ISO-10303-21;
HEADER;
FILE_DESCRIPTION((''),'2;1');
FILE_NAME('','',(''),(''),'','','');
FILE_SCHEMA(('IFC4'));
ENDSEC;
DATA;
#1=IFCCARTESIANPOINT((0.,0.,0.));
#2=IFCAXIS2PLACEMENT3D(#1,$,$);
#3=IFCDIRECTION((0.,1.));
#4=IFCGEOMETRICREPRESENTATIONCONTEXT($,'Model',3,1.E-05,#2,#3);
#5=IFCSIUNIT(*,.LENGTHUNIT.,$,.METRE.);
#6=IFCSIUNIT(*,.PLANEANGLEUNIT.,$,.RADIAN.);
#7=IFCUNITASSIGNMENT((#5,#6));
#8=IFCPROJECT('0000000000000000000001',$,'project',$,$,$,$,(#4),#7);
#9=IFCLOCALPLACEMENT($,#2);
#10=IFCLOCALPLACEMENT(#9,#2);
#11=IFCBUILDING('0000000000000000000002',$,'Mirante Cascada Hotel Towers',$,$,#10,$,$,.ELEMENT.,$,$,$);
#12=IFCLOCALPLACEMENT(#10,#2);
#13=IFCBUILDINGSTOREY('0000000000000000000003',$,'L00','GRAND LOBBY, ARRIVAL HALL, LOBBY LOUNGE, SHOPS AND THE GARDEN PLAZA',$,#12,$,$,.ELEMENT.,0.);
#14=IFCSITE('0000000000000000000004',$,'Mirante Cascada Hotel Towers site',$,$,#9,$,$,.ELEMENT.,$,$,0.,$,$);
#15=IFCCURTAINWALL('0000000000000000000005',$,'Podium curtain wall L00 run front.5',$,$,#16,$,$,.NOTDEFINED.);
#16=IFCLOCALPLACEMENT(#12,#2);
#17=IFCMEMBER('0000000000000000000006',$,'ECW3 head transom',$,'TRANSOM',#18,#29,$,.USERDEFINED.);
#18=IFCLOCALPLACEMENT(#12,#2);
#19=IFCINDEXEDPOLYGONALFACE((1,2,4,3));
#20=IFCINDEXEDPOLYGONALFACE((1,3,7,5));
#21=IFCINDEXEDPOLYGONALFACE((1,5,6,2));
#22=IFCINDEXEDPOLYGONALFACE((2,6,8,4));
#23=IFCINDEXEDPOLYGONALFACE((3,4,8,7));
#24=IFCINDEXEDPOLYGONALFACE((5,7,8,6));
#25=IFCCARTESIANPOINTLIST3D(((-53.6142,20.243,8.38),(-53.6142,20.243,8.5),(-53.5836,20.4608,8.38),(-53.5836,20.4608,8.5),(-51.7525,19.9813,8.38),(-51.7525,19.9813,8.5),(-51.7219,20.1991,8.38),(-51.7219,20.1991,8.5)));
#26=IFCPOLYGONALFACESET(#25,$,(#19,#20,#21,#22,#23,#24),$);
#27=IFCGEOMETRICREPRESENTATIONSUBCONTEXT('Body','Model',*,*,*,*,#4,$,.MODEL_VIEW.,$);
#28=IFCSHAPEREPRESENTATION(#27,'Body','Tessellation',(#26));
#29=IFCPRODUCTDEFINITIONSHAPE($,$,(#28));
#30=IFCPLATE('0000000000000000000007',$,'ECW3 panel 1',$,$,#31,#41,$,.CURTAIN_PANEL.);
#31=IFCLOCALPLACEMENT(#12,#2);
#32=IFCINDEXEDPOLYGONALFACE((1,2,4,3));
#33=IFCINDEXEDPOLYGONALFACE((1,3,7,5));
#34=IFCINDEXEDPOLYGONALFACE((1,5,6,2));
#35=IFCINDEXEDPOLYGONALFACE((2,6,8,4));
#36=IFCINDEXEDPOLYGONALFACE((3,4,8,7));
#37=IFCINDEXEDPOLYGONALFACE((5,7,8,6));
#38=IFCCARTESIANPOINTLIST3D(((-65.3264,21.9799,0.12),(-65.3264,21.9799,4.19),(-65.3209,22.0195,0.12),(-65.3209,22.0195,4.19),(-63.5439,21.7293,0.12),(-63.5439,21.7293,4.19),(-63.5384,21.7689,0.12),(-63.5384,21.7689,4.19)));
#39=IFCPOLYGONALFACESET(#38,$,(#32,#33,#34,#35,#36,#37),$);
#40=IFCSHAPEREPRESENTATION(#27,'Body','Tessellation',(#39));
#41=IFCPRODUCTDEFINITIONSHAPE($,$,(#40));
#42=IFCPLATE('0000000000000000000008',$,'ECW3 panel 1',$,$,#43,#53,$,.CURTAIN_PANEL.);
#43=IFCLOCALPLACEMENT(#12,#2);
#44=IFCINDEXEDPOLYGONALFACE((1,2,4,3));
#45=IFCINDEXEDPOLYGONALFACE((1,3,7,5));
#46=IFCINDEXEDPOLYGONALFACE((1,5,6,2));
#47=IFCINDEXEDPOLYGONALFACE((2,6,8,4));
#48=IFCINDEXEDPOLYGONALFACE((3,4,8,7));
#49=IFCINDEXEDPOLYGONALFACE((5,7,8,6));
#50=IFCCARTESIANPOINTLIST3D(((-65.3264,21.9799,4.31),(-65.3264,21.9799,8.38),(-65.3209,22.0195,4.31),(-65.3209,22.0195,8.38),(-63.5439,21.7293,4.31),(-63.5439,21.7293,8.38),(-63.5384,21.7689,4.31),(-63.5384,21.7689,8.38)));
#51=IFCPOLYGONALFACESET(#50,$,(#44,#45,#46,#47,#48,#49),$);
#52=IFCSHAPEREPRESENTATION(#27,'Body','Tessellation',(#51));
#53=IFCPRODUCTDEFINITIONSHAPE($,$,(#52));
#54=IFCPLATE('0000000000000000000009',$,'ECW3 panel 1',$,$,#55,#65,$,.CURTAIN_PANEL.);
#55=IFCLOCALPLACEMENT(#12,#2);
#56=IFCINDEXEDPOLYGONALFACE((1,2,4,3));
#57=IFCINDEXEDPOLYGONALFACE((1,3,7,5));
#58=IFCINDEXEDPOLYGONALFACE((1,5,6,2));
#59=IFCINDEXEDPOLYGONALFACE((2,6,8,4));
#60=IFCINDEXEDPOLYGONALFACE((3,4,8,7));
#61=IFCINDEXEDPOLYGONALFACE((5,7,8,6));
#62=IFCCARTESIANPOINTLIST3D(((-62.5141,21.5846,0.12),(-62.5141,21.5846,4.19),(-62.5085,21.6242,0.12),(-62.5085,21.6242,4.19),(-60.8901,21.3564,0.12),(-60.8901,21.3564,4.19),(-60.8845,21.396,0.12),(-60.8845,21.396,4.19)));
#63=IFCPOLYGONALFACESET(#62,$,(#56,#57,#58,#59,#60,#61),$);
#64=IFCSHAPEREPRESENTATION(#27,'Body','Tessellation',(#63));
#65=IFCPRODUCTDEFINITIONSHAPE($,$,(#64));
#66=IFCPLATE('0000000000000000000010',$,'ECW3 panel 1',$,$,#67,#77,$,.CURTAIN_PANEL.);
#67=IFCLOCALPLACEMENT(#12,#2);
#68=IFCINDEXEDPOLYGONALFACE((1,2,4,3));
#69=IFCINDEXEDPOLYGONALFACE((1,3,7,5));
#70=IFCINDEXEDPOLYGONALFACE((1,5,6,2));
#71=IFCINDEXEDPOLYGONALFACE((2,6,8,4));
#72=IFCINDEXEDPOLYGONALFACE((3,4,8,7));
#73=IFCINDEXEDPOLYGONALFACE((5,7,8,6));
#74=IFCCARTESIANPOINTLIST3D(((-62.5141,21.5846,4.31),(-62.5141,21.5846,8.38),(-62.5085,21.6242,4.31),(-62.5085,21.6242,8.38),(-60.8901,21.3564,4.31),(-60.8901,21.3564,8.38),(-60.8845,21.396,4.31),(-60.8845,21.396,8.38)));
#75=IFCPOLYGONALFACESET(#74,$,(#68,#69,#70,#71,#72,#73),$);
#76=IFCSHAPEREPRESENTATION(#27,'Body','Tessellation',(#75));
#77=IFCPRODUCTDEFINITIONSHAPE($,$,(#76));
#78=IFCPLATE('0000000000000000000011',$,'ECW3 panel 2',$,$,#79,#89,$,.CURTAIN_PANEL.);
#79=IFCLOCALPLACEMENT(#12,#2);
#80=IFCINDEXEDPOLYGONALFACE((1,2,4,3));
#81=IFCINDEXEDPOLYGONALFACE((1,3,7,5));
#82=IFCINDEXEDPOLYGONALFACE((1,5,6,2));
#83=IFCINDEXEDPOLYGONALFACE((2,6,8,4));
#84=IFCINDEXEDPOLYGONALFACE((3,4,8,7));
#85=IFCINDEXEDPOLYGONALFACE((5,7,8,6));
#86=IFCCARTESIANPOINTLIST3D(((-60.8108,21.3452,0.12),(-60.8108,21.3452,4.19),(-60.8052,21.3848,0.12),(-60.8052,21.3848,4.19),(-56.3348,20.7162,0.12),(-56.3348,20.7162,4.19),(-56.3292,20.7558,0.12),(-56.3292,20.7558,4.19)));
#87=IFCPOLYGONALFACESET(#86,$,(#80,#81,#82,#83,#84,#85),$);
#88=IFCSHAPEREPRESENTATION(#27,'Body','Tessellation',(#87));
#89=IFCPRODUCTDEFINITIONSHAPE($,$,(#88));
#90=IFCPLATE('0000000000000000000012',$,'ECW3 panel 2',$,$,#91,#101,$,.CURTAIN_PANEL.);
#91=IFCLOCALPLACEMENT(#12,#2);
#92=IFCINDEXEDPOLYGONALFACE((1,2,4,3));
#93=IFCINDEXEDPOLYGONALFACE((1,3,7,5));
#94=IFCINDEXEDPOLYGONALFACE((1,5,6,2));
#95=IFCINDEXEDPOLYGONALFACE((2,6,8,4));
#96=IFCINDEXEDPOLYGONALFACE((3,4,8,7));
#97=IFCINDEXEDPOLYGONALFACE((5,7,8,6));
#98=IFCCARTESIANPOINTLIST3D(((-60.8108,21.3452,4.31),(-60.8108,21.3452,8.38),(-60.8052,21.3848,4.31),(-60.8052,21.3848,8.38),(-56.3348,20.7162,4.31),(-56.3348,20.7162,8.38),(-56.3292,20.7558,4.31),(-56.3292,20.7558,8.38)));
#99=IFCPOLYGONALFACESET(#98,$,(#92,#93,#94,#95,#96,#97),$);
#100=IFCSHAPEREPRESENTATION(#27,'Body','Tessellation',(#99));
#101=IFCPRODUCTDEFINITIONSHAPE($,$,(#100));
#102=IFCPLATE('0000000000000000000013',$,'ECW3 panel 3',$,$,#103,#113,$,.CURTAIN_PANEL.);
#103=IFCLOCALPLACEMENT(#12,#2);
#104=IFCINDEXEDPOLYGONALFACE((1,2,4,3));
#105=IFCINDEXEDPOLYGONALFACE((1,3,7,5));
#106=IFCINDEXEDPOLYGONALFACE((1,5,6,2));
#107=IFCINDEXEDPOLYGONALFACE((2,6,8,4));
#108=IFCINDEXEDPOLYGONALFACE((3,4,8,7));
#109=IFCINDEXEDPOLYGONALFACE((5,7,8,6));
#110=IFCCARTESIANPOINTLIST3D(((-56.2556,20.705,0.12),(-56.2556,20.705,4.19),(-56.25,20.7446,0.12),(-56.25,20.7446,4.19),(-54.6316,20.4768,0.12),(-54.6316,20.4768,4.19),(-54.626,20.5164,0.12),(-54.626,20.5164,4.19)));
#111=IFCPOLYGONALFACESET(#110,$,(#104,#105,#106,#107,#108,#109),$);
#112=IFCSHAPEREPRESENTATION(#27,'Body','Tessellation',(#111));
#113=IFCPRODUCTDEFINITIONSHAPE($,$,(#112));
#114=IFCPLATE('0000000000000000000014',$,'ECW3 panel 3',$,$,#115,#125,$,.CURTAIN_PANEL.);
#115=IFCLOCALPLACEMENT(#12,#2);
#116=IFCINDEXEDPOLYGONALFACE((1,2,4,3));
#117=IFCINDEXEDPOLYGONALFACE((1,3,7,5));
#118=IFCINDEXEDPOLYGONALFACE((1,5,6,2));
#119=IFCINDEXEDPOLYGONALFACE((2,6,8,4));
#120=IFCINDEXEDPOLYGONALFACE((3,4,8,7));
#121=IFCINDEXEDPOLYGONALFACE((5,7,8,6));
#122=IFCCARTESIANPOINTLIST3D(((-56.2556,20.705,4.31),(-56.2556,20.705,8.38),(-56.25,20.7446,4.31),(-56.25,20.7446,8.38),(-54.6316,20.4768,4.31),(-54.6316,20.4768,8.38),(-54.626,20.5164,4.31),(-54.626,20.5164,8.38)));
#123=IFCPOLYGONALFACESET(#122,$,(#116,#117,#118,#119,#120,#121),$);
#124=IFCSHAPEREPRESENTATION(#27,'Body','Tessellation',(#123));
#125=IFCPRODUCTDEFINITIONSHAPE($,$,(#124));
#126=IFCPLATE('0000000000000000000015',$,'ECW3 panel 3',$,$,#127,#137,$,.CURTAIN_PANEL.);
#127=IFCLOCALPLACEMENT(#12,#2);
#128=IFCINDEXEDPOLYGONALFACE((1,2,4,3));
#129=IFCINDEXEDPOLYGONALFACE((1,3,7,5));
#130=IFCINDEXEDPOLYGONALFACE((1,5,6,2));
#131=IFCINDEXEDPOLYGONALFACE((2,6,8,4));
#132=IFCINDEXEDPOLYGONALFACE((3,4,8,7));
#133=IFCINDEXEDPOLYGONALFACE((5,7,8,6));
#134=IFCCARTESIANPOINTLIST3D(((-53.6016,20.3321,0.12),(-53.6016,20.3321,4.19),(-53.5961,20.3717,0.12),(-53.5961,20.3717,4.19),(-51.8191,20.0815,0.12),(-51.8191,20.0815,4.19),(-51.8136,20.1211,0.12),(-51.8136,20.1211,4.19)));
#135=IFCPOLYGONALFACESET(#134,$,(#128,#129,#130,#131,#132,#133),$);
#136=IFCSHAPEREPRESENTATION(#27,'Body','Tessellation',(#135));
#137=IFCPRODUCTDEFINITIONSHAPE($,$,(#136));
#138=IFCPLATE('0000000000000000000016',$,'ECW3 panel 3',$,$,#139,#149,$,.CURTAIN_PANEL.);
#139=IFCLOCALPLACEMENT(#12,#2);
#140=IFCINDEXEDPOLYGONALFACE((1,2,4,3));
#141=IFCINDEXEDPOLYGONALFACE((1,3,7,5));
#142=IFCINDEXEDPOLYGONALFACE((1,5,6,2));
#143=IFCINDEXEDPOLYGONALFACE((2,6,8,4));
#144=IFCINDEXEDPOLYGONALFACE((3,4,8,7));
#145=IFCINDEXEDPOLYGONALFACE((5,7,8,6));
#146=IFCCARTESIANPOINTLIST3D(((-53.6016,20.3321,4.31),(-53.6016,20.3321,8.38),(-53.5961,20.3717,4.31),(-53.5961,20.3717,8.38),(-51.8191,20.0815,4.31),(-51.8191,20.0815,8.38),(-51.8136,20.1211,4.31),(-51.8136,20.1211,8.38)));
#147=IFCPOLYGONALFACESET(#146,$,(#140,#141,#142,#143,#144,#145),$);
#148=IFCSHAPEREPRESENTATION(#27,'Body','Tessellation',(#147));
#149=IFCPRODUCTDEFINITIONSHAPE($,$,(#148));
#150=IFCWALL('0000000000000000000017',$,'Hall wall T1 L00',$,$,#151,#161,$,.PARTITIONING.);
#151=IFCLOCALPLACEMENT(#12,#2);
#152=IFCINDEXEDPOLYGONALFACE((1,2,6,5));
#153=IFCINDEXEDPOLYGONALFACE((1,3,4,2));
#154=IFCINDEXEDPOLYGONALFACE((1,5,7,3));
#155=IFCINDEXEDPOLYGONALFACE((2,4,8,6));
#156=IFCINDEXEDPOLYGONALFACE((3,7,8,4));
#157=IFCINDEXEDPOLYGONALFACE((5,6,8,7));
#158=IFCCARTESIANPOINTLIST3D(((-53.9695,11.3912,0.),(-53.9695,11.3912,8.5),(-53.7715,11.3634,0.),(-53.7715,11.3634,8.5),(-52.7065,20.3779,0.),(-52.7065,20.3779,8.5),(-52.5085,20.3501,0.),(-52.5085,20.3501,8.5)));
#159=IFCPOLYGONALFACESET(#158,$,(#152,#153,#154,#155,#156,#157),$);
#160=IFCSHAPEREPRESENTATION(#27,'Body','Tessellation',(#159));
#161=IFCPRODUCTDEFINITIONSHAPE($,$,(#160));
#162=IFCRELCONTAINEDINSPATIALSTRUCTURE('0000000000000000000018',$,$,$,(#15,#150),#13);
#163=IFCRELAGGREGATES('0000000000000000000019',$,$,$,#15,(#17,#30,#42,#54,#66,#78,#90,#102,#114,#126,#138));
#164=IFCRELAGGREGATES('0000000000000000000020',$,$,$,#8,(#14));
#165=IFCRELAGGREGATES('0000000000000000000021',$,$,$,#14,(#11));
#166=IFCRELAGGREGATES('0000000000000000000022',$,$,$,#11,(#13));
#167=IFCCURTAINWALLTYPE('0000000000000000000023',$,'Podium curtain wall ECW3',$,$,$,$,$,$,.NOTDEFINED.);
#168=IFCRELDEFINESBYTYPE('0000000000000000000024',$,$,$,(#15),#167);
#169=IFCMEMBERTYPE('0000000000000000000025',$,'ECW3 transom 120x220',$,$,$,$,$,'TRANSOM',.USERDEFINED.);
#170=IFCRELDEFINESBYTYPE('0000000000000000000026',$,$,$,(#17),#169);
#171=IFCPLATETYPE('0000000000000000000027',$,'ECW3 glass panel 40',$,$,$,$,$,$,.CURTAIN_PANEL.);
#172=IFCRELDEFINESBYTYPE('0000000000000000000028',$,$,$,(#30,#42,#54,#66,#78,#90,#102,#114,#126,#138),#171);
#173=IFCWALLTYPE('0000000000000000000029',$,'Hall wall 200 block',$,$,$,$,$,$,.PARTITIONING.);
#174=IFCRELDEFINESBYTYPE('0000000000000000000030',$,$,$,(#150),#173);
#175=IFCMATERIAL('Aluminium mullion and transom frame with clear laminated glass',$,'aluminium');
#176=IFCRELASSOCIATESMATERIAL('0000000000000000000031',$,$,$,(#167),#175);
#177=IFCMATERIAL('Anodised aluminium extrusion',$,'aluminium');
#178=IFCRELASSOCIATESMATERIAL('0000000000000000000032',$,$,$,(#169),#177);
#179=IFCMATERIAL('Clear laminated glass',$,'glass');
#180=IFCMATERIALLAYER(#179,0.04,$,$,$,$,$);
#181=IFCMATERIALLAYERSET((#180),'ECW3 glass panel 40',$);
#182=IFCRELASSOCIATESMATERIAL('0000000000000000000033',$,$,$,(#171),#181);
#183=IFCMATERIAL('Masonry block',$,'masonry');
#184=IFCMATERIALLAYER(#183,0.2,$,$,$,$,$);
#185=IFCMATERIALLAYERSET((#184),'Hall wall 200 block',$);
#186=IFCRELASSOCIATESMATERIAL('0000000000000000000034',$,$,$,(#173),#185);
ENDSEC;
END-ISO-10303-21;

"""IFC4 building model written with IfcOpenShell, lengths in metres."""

from ifc_helpers import new_model, si_unit, direction, frame, frame_2d, origin, origin_2d, place, context, subcontext, project, spatial, rectangle, extrude, material, layer, layer_set, material_profile, profile_set, type_object, element, aggregate, save


model = new_model("IFC4")

# Units and contexts
model_context = context("Model", 3, precision=1e-05, world=origin(), true_north=direction((0.0, 1.0)))
body_context = subcontext(model_context, "Body", "Model", "MODEL_VIEW")
ifc_project = project(units=[si_unit("LENGTHUNIT", "METRE"), si_unit("PLANEANGLEUNIT", "RADIAN")], contexts=[model_context])

# Site, building, storey
site_placement = place(None, origin())
site = spatial("IfcSite", under=ifc_project, at=site_placement, Name="Mirante Cascada Hotel Towers site", CompositionType="ELEMENT", RefElevation=0.0)
building_placement = place(site_placement, origin())
building = spatial("IfcBuilding", under=site, at=building_placement, Name="Mirante Cascada Hotel Towers", CompositionType="ELEMENT")
storey_placement = place(building_placement, origin())
storey = spatial("IfcBuildingStorey", under=building, at=storey_placement, Name="L00", Description="GRAND LOBBY, ARRIVAL HALL, LOBBY LOUNGE, SHOPS AND THE GARDEN PLAZA", CompositionType="ELEMENT", Elevation=0.0)

# Curtain wall, member, plates
ifc_material_1 = material(Name="Aluminium mullion and transom frame with clear laminated glass", Category="aluminium")
curtain_wall_type = type_object("IfcCurtainWallType", Name="Podium curtain wall ECW3", PredefinedType="NOTDEFINED", material=ifc_material_1)
curtain_wall_placement = place(storey_placement, origin())
curtain_wall = element("IfcCurtainWall", 1, at=curtain_wall_placement, inside=storey, type_object=curtain_wall_type, Name="Podium curtain wall L00 run front.5", PredefinedType="NOTDEFINED")
ifc_material_2 = material(Name="Anodised aluminium extrusion", Category="aluminium")
ifc_material_profile_1 = material_profile(ifc_material_2, rectangle(XDim=0.22, YDim=0.12, at=origin_2d()), Name="ECW3 TRANSOM 120x220")
ifc_profile_set_1 = profile_set([ifc_material_profile_1], Name="Anodised aluminium extrusion")
member_type_1 = type_object("IfcMemberType", Name="ECW3 transom 120x220", ElementType="TRANSOM", PredefinedType="USERDEFINED", material=ifc_profile_set_1)
member_1_placement = place(storey_placement, frame((-53.5989, 20.3519, 8.44), z_axis=(0.990264, -0.139202, 0.0), x_axis=(0.139202, 0.990264, 0.0)))
member_1 = element("IfcMember", 2, at=member_1_placement, type_object=member_type_1, Name="ECW3 head transom", ObjectType="TRANSOM", PredefinedType="USERDEFINED", context=body_context, shape_type="SweptSolid", body=[
    extrude(rectangle(XDim=0.22, YDim=0.12, at=origin_2d()), origin(), (0.0, 0.0, 1.0), 1.88),
])
ifc_material_3 = material(Name="Clear laminated glass", Category="glass")
ifc_layer_1 = layer(ifc_material_3, 0.04)
ifc_layer_set_1 = layer_set([ifc_layer_1], Name="ECW3 glass panel 40")
plate_type = type_object("IfcPlateType", Name="ECW3 glass panel 40", PredefinedType="CURTAIN_PANEL", material=ifc_layer_set_1)
plate_1_placement = place(storey_placement, frame((-64.4324, 21.8744, 0.12), z_axis=(0.0, 0.0, 1.0), x_axis=(0.990268, -0.139173, 0.0)))
plate_1 = element("IfcPlate", 3, at=plate_1_placement, type_object=plate_type, Name="ECW3 panel 1", PredefinedType="CURTAIN_PANEL", context=body_context, shape_type="SweptSolid", body=[
    extrude(rectangle(XDim=1.8, YDim=0.04, at=origin_2d()), origin(), (0.0, 0.0, 1.0), 4.07),
])
plate_2_placement = place(storey_placement, frame((-64.4324, 21.8744, 4.31), z_axis=(0.0, 0.0, 1.0), x_axis=(0.990268, -0.139173, 0.0)))
plate_2 = element("IfcPlate", 4, at=plate_2_placement, type_object=plate_type, Name="ECW3 panel 1", PredefinedType="CURTAIN_PANEL", context=body_context, shape_type="SweptSolid", body=[
    extrude(rectangle(XDim=1.8, YDim=0.04, at=origin_2d()), origin(), (0.0, 0.0, 1.0), 4.07),
])
plate_3_placement = place(storey_placement, frame((-61.6993, 21.4903, 0.12), z_axis=(0.0, 0.0, 1.0), x_axis=(0.990268, -0.139173, 0.0)))
plate_3 = element("IfcPlate", 5, at=plate_3_placement, type_object=plate_type, Name="ECW3 panel 1", PredefinedType="CURTAIN_PANEL", context=body_context, shape_type="SweptSolid", body=[
    extrude(rectangle(XDim=1.64, YDim=0.04, at=origin_2d()), origin(), (0.0, 0.0, 1.0), 4.07),
])
plate_4_placement = place(storey_placement, frame((-61.6993, 21.4903, 4.31), z_axis=(0.0, 0.0, 1.0), x_axis=(0.990268, -0.139173, 0.0)))
plate_4 = element("IfcPlate", 6, at=plate_4_placement, type_object=plate_type, Name="ECW3 panel 1", PredefinedType="CURTAIN_PANEL", context=body_context, shape_type="SweptSolid", body=[
    extrude(rectangle(XDim=1.64, YDim=0.04, at=origin_2d()), origin(), (0.0, 0.0, 1.0), 4.07),
])
plate_5_placement = place(storey_placement, frame((-58.57, 21.0505, 0.12), z_axis=(0.0, 0.0, 1.0), x_axis=(0.990268, -0.139173, 0.0)))
plate_5 = element("IfcPlate", 7, at=plate_5_placement, type_object=plate_type, Name="ECW3 panel 2", PredefinedType="CURTAIN_PANEL", context=body_context, shape_type="SweptSolid", body=[
    extrude(rectangle(XDim=4.52, YDim=0.04, at=origin_2d()), origin(), (0.0, 0.0, 1.0), 4.07),
])
plate_6_placement = place(storey_placement, frame((-58.57, 21.0505, 4.31), z_axis=(0.0, 0.0, 1.0), x_axis=(0.990268, -0.139173, 0.0)))
plate_6 = element("IfcPlate", 8, at=plate_6_placement, type_object=plate_type, Name="ECW3 panel 2", PredefinedType="CURTAIN_PANEL", context=body_context, shape_type="SweptSolid", body=[
    extrude(rectangle(XDim=4.52, YDim=0.04, at=origin_2d()), origin(), (0.0, 0.0, 1.0), 4.07),
])
plate_7_placement = place(storey_placement, frame((-55.4408, 20.6107, 0.12), z_axis=(0.0, 0.0, 1.0), x_axis=(0.990268, -0.139173, 0.0)))
plate_7 = element("IfcPlate", 9, at=plate_7_placement, type_object=plate_type, Name="ECW3 panel 3", PredefinedType="CURTAIN_PANEL", context=body_context, shape_type="SweptSolid", body=[
    extrude(rectangle(XDim=1.64, YDim=0.04, at=origin_2d()), origin(), (0.0, 0.0, 1.0), 4.07),
])
plate_8_placement = place(storey_placement, frame((-55.4408, 20.6107, 4.31), z_axis=(0.0, 0.0, 1.0), x_axis=(0.990268, -0.139173, 0.0)))
plate_8 = element("IfcPlate", 10, at=plate_8_placement, type_object=plate_type, Name="ECW3 panel 3", PredefinedType="CURTAIN_PANEL", context=body_context, shape_type="SweptSolid", body=[
    extrude(rectangle(XDim=1.64, YDim=0.04, at=origin_2d()), origin(), (0.0, 0.0, 1.0), 4.07),
])
plate_9_placement = place(storey_placement, frame((-52.7076, 20.2266, 0.12), z_axis=(0.0, 0.0, 1.0), x_axis=(0.990268, -0.139173, 0.0)))
plate_9 = element("IfcPlate", 11, at=plate_9_placement, type_object=plate_type, Name="ECW3 panel 3", PredefinedType="CURTAIN_PANEL", context=body_context, shape_type="SweptSolid", body=[
    extrude(rectangle(XDim=1.8, YDim=0.04, at=origin_2d()), origin(), (0.0, 0.0, 1.0), 4.07),
])
plate_10_placement = place(storey_placement, frame((-52.7076, 20.2266, 4.31), z_axis=(0.0, 0.0, 1.0), x_axis=(0.990268, -0.139173, 0.0)))
plate_10 = element("IfcPlate", 12, at=plate_10_placement, type_object=plate_type, Name="ECW3 panel 3", PredefinedType="CURTAIN_PANEL", context=body_context, shape_type="SweptSolid", body=[
    extrude(rectangle(XDim=1.8, YDim=0.04, at=origin_2d()), origin(), (0.0, 0.0, 1.0), 4.07),
])
aggregate(curtain_wall, [member_1, plate_1, plate_2, plate_3, plate_4, plate_5, plate_6, plate_7, plate_8, plate_9, plate_10])

# Wall
ifc_material_4 = material(Name="Masonry block", Category="masonry")
ifc_layer_2 = layer(ifc_material_4, 0.2)
ifc_layer_set_2 = layer_set([ifc_layer_2], Name="Hall wall 200 block")
wall_type = type_object("IfcWallType", Name="Hall wall 200 block", PredefinedType="PARTITIONING", material=ifc_layer_set_2)
wall_placement = place(storey_placement, frame((-53.8705, 11.3773, 0.0), z_axis=(0.0, 0.0, 1.0), x_axis=(0.139173, 0.990268, 0.0)))
element("IfcWall", 13, at=wall_placement, inside=storey, type_object=wall_type, Name="Hall wall T1 L00", PredefinedType="PARTITIONING", context=body_context, shape_type="SweptSolid", body=[
    extrude(rectangle(XDim=9.075, YDim=0.2, at=frame_2d((4.5375, 0.0))), origin(), (0.0, 0.0, 1.0), 8.5),
])

save(model, "model.ifc")
